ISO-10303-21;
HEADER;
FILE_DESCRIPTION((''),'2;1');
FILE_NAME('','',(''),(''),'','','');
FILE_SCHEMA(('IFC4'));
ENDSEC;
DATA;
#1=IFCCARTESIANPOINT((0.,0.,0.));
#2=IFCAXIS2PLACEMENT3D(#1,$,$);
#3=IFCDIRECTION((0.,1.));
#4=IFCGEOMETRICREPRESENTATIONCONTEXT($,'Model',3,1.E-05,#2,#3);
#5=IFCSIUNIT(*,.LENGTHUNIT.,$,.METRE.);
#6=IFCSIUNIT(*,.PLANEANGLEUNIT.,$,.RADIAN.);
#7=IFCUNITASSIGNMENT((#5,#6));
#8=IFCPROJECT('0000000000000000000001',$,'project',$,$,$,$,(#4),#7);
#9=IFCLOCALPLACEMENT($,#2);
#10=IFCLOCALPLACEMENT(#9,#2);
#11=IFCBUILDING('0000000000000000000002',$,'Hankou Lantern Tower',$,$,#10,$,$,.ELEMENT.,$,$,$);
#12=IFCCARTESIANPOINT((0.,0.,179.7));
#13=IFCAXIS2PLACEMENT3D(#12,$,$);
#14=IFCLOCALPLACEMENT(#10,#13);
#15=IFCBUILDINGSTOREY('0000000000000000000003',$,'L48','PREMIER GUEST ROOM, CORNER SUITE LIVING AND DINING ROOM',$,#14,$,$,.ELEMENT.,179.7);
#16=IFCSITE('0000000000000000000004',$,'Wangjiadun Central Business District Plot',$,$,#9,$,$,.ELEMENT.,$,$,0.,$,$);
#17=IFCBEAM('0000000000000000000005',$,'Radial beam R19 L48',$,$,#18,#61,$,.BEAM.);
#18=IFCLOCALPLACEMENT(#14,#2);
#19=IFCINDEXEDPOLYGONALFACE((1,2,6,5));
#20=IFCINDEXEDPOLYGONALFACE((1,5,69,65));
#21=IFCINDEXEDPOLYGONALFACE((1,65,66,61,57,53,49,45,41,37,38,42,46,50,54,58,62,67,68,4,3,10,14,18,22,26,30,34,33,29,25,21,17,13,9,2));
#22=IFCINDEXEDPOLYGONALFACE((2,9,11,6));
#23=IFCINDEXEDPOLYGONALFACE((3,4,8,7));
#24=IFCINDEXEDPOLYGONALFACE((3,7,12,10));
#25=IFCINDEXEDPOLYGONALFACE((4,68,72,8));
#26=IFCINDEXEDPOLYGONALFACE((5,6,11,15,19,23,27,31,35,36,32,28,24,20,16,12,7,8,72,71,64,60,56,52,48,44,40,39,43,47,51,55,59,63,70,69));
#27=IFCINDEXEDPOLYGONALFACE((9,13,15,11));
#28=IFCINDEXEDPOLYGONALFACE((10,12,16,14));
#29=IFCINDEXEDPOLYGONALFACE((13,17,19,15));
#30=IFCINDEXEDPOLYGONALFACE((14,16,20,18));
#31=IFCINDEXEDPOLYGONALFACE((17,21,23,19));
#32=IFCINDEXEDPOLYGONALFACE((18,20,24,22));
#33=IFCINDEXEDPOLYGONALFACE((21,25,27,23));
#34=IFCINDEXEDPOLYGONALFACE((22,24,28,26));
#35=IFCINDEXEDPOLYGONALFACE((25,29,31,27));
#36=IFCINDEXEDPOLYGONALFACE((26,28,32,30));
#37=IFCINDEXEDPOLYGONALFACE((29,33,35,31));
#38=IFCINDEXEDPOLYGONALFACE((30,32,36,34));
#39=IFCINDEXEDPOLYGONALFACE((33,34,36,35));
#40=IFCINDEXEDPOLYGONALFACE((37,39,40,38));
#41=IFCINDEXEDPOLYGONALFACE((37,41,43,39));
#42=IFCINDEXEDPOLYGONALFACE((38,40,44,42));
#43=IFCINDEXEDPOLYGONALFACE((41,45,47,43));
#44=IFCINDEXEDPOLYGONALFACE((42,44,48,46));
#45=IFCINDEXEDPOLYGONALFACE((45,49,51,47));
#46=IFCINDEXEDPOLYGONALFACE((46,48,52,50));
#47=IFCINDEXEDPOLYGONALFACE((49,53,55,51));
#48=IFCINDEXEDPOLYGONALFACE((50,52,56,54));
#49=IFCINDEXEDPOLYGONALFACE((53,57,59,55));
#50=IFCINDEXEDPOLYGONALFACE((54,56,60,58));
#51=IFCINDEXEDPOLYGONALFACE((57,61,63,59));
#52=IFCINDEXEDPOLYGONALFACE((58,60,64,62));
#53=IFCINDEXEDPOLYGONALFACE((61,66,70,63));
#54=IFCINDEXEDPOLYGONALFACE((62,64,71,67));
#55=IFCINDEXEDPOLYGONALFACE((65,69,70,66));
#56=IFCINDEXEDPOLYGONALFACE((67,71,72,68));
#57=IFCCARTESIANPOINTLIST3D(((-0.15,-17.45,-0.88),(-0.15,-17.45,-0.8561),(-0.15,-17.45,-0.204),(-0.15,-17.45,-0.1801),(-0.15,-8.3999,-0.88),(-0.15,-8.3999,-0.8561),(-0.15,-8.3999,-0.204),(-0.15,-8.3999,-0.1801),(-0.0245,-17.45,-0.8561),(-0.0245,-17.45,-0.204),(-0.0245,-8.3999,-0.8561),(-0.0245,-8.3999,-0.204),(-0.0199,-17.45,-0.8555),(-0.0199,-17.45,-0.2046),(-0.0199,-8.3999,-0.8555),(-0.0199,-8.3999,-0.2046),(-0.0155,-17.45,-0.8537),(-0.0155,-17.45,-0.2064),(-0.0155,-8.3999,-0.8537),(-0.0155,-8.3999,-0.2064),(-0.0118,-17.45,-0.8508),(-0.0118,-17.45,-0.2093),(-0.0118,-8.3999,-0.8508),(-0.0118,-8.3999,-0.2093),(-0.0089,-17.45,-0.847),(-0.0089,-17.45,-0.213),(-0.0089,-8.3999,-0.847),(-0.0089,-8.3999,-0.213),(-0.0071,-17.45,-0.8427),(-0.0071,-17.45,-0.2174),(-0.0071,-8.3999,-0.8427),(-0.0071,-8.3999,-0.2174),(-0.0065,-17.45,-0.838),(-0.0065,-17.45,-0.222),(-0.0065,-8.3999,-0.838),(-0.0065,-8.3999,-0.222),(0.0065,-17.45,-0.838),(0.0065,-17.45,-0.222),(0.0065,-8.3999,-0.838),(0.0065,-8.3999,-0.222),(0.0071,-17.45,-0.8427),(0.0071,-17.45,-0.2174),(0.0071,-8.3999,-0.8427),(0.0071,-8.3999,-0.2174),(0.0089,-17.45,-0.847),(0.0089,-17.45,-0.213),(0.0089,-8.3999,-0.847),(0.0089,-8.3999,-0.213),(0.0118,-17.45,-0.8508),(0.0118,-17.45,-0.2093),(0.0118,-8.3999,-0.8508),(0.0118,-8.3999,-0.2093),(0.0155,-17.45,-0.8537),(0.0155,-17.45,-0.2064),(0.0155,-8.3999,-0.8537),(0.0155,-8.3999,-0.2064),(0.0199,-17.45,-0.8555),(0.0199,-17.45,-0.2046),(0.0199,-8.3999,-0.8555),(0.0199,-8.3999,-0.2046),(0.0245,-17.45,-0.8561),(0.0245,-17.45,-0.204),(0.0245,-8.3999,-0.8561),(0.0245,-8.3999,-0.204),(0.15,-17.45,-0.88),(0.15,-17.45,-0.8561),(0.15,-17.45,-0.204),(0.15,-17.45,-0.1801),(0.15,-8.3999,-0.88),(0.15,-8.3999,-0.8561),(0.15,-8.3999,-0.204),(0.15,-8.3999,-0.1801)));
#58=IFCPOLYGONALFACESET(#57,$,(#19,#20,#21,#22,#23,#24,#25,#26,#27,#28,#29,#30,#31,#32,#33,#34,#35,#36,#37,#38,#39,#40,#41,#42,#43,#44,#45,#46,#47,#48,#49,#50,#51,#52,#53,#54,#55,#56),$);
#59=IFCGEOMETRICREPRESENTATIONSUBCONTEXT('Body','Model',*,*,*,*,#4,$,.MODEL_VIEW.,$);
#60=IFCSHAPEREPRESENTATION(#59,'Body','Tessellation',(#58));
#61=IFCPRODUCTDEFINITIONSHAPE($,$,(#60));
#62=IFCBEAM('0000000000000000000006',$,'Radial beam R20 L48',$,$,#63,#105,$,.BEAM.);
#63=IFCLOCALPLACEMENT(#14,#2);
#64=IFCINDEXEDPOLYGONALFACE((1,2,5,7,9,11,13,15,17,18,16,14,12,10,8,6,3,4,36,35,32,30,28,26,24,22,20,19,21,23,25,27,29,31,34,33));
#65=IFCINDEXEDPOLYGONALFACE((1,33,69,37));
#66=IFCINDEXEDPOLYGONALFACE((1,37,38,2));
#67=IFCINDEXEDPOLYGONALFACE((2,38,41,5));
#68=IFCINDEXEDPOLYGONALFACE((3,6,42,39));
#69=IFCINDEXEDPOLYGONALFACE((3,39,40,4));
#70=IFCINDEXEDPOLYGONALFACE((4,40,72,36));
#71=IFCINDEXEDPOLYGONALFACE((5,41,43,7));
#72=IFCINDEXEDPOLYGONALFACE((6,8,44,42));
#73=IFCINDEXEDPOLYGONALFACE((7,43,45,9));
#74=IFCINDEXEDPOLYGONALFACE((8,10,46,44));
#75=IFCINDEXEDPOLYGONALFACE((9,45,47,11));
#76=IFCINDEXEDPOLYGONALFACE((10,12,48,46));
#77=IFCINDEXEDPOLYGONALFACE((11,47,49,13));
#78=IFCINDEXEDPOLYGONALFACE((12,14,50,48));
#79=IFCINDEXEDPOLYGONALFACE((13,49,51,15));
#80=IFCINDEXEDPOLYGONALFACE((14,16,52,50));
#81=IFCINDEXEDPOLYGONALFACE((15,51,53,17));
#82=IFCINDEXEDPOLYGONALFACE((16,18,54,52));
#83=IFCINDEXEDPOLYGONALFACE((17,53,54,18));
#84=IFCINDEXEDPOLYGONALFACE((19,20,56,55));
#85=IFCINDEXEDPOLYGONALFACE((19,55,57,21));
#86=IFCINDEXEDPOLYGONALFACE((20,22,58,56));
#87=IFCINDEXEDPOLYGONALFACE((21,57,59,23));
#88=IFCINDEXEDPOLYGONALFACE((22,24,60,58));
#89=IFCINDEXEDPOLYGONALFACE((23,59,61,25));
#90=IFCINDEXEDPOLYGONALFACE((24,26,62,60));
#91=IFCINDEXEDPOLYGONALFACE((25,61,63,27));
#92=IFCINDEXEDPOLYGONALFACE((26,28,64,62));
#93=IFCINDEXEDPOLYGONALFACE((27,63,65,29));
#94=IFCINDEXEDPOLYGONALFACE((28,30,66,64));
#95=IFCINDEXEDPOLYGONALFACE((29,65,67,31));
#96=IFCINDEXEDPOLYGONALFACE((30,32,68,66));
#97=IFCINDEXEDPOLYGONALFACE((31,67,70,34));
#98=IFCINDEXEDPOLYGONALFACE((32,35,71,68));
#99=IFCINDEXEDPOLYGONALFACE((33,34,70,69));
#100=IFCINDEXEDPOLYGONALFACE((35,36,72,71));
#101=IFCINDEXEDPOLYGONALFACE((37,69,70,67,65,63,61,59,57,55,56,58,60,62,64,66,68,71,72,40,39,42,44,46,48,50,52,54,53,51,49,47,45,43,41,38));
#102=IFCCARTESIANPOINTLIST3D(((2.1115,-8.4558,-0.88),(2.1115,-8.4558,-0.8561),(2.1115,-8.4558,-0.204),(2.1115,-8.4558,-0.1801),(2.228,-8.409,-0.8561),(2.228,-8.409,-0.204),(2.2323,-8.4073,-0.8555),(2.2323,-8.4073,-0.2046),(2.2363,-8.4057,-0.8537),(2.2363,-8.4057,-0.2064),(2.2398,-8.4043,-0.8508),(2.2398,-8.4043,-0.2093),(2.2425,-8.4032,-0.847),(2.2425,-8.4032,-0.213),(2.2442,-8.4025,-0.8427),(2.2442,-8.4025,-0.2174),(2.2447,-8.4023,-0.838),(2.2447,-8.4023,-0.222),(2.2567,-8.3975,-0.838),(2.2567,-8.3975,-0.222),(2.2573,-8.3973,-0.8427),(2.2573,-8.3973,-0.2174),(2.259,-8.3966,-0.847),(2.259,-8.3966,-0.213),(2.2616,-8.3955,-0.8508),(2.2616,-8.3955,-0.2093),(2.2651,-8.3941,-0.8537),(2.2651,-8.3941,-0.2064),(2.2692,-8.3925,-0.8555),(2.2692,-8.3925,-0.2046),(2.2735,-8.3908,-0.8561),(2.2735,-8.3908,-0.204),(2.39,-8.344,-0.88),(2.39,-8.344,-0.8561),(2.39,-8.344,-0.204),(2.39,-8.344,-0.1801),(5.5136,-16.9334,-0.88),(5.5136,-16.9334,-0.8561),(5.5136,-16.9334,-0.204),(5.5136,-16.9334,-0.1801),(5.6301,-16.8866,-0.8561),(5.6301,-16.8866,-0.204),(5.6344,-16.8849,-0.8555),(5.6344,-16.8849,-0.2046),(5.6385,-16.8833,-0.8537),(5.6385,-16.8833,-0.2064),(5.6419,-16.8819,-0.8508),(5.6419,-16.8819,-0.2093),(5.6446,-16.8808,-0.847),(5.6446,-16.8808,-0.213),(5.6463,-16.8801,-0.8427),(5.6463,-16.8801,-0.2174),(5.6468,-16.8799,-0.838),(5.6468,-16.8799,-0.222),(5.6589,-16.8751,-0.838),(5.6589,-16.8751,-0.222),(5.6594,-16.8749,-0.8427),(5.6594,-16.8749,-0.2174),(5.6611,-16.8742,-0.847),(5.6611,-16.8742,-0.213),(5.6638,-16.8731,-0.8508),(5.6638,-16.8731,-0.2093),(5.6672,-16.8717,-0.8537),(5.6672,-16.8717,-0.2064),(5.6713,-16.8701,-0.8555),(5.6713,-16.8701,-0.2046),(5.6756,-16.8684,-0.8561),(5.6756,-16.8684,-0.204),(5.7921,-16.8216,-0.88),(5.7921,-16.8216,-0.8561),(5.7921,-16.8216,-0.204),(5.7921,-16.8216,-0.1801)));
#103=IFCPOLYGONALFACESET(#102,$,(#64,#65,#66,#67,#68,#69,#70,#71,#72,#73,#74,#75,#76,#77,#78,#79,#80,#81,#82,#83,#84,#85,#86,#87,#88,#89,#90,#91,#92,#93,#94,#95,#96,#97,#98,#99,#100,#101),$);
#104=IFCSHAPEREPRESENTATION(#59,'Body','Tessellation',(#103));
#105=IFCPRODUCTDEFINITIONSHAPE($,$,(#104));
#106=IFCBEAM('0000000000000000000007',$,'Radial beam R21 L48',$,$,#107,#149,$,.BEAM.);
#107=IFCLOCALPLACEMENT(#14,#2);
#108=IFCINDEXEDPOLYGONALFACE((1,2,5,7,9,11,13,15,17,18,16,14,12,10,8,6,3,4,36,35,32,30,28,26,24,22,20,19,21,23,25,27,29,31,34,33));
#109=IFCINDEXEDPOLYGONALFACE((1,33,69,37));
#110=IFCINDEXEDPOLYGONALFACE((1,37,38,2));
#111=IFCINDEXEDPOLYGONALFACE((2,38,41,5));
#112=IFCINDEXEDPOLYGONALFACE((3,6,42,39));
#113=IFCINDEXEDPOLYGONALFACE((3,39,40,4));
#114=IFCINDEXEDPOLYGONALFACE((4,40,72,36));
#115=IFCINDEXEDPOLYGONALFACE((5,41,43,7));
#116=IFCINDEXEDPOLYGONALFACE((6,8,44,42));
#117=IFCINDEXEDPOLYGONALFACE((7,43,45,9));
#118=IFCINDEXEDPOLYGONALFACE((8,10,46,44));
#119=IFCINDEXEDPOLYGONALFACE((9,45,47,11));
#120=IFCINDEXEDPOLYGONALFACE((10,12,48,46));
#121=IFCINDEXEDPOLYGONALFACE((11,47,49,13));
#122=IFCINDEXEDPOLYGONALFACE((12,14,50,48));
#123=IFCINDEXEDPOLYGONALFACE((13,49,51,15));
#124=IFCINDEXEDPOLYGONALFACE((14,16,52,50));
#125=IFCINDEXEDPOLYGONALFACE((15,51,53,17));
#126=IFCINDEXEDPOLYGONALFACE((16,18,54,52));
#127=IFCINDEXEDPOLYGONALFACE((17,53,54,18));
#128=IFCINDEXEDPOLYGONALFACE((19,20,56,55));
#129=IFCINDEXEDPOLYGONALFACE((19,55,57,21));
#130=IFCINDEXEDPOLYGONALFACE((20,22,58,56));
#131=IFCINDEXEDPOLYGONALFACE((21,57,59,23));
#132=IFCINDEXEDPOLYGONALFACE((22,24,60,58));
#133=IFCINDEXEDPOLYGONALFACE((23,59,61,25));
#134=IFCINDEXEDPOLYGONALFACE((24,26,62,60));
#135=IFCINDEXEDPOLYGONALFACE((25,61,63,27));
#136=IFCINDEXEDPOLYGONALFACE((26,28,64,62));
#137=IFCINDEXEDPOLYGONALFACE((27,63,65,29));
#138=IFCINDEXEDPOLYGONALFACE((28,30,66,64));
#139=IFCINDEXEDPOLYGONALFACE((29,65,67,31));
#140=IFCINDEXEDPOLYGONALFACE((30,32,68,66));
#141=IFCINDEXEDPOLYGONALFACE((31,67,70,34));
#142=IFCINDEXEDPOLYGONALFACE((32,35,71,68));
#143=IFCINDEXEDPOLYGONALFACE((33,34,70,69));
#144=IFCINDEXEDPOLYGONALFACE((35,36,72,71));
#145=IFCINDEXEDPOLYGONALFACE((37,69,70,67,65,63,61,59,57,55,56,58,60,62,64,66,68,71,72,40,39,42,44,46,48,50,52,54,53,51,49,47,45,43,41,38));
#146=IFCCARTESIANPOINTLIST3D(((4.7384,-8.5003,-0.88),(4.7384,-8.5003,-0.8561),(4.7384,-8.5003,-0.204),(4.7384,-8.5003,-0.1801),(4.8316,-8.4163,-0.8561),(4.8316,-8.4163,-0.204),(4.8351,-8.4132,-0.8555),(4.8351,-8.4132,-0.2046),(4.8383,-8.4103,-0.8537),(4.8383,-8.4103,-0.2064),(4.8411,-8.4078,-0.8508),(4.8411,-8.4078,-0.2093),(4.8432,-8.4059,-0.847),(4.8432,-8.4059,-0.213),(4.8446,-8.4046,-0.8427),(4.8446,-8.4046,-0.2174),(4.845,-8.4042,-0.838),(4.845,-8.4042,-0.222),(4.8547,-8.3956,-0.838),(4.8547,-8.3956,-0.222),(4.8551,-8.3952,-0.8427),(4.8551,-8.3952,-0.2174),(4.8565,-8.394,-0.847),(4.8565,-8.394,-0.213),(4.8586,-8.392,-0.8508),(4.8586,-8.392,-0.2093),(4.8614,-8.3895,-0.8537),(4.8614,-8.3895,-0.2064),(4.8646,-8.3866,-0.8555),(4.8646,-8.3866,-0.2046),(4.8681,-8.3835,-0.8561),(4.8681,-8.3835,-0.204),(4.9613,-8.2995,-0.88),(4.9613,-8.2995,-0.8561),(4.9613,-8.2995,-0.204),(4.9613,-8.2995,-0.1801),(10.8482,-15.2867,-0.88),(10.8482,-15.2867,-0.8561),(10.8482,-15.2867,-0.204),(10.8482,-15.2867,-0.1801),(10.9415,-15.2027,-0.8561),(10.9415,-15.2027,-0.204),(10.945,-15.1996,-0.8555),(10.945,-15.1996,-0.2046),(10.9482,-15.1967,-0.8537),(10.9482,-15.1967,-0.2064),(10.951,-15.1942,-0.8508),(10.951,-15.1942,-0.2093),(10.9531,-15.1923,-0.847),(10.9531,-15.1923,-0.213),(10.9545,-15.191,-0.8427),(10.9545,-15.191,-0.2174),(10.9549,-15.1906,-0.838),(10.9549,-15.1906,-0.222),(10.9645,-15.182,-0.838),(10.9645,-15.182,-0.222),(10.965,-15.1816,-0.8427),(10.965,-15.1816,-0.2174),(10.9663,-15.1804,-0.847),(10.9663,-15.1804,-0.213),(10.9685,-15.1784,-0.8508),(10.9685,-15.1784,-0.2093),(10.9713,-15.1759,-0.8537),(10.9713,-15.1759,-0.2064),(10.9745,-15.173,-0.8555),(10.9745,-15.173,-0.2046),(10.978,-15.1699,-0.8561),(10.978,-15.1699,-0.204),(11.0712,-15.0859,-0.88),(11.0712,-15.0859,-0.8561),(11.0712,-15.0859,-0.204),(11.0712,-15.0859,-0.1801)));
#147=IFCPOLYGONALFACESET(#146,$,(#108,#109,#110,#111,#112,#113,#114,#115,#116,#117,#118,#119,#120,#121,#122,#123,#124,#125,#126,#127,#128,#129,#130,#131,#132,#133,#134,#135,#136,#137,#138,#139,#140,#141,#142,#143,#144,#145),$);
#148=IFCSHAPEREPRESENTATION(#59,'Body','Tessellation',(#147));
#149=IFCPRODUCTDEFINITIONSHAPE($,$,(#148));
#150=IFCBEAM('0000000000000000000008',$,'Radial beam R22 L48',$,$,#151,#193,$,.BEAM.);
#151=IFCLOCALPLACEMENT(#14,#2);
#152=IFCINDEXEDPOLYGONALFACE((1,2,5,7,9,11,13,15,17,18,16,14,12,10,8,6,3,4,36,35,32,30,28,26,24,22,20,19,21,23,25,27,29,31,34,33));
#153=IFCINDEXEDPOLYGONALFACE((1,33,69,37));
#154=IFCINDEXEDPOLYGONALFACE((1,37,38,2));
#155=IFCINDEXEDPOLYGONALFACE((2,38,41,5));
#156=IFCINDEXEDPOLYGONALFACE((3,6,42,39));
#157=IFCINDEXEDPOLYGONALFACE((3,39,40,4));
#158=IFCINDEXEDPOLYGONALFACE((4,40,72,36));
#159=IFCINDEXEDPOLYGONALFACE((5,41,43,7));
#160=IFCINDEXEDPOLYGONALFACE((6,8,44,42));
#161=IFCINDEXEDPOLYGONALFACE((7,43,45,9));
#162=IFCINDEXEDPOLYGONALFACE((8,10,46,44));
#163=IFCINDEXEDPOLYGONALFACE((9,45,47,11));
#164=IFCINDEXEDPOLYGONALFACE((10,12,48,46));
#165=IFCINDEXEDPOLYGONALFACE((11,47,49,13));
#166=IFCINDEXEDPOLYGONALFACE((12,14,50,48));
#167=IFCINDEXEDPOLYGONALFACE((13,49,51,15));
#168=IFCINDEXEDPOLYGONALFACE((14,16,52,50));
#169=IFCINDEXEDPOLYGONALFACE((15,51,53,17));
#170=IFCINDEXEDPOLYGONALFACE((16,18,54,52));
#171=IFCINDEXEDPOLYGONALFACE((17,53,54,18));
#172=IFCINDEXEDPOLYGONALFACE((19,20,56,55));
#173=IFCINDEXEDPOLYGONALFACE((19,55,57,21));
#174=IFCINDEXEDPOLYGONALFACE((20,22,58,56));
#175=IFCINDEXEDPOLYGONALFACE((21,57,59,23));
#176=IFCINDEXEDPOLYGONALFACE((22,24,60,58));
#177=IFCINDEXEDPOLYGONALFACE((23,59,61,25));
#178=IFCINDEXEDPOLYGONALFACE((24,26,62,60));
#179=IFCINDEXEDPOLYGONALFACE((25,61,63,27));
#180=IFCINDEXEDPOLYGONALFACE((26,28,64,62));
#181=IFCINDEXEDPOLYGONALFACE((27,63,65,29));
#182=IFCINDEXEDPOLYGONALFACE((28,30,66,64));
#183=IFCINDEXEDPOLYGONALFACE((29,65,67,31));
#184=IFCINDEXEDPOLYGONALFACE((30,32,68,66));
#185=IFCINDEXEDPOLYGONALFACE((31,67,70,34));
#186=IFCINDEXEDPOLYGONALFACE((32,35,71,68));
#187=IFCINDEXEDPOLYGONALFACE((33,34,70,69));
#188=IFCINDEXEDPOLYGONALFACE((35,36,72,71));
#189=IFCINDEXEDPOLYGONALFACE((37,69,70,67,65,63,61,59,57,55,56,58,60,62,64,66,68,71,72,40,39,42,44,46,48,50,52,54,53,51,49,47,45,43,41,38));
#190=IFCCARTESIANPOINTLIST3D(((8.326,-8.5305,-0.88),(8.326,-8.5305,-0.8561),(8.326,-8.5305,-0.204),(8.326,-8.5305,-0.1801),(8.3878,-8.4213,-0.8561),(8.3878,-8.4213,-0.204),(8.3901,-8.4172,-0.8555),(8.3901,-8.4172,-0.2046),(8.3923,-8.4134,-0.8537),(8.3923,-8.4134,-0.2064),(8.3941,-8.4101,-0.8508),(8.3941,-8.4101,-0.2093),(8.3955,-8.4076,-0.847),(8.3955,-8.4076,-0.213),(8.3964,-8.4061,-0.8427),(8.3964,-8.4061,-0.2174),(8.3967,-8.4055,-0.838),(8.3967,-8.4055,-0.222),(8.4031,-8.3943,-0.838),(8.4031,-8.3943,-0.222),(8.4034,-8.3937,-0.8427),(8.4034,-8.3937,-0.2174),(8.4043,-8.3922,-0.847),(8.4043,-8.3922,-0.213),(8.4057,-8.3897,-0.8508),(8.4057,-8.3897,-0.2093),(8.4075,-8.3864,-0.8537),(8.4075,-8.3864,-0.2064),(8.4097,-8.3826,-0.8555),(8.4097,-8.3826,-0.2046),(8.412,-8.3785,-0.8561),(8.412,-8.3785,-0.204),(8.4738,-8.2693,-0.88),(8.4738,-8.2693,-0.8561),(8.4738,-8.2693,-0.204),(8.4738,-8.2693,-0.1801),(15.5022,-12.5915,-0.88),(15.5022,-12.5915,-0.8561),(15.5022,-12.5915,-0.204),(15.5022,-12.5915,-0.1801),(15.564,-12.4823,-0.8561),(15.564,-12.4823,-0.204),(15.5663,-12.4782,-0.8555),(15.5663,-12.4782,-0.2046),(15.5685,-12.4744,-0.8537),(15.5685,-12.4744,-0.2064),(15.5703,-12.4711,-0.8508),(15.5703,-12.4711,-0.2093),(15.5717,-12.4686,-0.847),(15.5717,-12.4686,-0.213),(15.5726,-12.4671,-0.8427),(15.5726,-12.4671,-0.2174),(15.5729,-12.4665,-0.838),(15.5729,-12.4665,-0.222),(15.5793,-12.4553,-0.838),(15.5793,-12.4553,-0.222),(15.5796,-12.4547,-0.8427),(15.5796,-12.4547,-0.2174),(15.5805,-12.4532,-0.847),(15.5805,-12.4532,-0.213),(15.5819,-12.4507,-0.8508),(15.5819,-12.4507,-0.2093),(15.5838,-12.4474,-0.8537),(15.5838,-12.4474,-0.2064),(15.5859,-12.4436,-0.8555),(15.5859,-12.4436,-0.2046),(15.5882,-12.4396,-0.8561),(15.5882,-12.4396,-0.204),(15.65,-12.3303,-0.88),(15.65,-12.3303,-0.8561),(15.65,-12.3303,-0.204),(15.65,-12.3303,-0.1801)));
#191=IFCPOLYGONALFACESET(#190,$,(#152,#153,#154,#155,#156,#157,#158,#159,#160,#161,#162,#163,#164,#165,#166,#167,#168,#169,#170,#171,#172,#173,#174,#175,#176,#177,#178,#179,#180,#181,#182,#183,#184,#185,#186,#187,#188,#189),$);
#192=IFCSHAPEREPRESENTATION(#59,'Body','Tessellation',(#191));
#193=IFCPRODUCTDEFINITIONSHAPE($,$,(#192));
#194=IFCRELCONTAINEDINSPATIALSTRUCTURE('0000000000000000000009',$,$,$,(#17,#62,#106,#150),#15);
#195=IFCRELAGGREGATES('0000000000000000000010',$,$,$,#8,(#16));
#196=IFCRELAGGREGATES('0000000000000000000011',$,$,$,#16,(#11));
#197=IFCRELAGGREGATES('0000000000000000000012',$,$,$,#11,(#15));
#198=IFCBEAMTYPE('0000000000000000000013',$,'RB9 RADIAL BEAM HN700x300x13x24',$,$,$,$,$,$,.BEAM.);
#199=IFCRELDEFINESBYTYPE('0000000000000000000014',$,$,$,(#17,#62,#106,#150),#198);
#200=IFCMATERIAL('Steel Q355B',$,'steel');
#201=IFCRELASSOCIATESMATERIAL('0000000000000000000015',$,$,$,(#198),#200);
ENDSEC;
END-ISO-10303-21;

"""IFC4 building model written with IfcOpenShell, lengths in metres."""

from ifc_helpers import new_model, si_unit, direction, frame, origin, origin_2d, place, context, subcontext, project, spatial, i_section, extrude, material, material_profile, profile_set, type_object, element, save


model = new_model("IFC4")

# Units and contexts
model_context = context("Model", 3, precision=1e-05, world=origin(), true_north=direction((0.0, 1.0)))
body_context = subcontext(model_context, "Body", "Model", "MODEL_VIEW")
ifc_project = project(units=[si_unit("LENGTHUNIT", "METRE"), si_unit("PLANEANGLEUNIT", "RADIAN")], contexts=[model_context])

# Site, building, storey
site_placement = place(None, origin())
site = spatial("IfcSite", under=ifc_project, at=site_placement, Name="Wangjiadun Central Business District Plot", CompositionType="ELEMENT", RefElevation=0.0)
building_placement = place(site_placement, origin())
building = spatial("IfcBuilding", under=site, at=building_placement, Name="Hankou Lantern Tower", CompositionType="ELEMENT")
storey_placement = place(building_placement, frame((0.0, 0.0, 179.7)))
storey = spatial("IfcBuildingStorey", under=building, at=storey_placement, Name="L48", Description="PREMIER GUEST ROOM, CORNER SUITE LIVING AND DINING ROOM", CompositionType="ELEMENT", Elevation=179.7)

# Beams
ifc_material_1 = material(Name="Steel Q355B", Category="steel")
ifc_material_profile_1 = material_profile(ifc_material_1, i_section(OverallWidth=0.3, OverallDepth=0.7, WebThickness=0.0129, FlangeThickness=0.0239, FilletRadius=0.0181, at=origin_2d()), Name="HN700x300x13x24")
ifc_profile_set_1 = profile_set([ifc_material_profile_1], Name="Steel Q355B")
beam_type_1 = type_object("IfcBeamType", Name="RB9 RADIAL BEAM HN700x300x13x24", PredefinedType="BEAM", material=ifc_profile_set_1)
beam_1_placement = place(storey_placement, frame((0.0, -8.3999, -0.53), z_axis=(0.0, -1.0, 0.0), x_axis=(1.0, 0.0, 0.0)))
element("IfcBeam", 1, at=beam_1_placement, inside=storey, type_object=beam_type_1, Name="Radial beam R19 L48", PredefinedType="BEAM", context=body_context, shape_type="SweptSolid", body=[
    extrude(i_section(OverallWidth=0.3, OverallDepth=0.7, WebThickness=0.0129, FlangeThickness=0.0239, FilletRadius=0.0181, at=origin_2d()), origin(), (0.0, 0.0, 1.0), 9.05),
])
beam_2_placement = place(storey_placement, frame((2.2507, -8.3999, -0.53), z_axis=(0.372436, -0.928058, 0.0), x_axis=(0.928058, 0.372436, 0.0)))
element("IfcBeam", 2, at=beam_2_placement, inside=storey, type_object=beam_type_1, Name="Radial beam R20 L48", PredefinedType="BEAM", context=body_context, shape_type="SweptSolid", body=[
    extrude(i_section(OverallWidth=0.3, OverallDepth=0.7, WebThickness=0.0129, FlangeThickness=0.0239, FilletRadius=0.0181, at=origin_2d()), origin(), (0.0, 0.0, 1.0), 9.1348),
])
beam_3_placement = place(storey_placement, frame((4.8499, -8.3999, -0.53), z_axis=(0.669093, -0.743178, 0.0), x_axis=(0.743178, 0.669093, 0.0)))
element("IfcBeam", 3, at=beam_3_placement, inside=storey, type_object=beam_type_1, Name="Radial beam R21 L48", PredefinedType="BEAM", context=body_context, shape_type="SweptSolid", body=[
    extrude(i_section(OverallWidth=0.3, OverallDepth=0.7, WebThickness=0.0129, FlangeThickness=0.0239, FilletRadius=0.0181, at=origin_2d()), origin(), (0.0, 0.0, 1.0), 9.1316),
])
beam_4_placement = place(storey_placement, frame((8.3999, -8.3999, -0.53), z_axis=(0.870309, -0.492506, 0.0), x_axis=(0.492506, 0.870309, 0.0)))
element("IfcBeam", 4, at=beam_4_placement, inside=storey, type_object=beam_type_1, Name="Radial beam R22 L48", PredefinedType="BEAM", context=body_context, shape_type="SweptSolid", body=[
    extrude(i_section(OverallWidth=0.3, OverallDepth=0.7, WebThickness=0.0129, FlangeThickness=0.0239, FilletRadius=0.0181, at=origin_2d()), origin(), (0.0, 0.0, 1.0), 8.2456),
])

save(model, "model.ifc")
